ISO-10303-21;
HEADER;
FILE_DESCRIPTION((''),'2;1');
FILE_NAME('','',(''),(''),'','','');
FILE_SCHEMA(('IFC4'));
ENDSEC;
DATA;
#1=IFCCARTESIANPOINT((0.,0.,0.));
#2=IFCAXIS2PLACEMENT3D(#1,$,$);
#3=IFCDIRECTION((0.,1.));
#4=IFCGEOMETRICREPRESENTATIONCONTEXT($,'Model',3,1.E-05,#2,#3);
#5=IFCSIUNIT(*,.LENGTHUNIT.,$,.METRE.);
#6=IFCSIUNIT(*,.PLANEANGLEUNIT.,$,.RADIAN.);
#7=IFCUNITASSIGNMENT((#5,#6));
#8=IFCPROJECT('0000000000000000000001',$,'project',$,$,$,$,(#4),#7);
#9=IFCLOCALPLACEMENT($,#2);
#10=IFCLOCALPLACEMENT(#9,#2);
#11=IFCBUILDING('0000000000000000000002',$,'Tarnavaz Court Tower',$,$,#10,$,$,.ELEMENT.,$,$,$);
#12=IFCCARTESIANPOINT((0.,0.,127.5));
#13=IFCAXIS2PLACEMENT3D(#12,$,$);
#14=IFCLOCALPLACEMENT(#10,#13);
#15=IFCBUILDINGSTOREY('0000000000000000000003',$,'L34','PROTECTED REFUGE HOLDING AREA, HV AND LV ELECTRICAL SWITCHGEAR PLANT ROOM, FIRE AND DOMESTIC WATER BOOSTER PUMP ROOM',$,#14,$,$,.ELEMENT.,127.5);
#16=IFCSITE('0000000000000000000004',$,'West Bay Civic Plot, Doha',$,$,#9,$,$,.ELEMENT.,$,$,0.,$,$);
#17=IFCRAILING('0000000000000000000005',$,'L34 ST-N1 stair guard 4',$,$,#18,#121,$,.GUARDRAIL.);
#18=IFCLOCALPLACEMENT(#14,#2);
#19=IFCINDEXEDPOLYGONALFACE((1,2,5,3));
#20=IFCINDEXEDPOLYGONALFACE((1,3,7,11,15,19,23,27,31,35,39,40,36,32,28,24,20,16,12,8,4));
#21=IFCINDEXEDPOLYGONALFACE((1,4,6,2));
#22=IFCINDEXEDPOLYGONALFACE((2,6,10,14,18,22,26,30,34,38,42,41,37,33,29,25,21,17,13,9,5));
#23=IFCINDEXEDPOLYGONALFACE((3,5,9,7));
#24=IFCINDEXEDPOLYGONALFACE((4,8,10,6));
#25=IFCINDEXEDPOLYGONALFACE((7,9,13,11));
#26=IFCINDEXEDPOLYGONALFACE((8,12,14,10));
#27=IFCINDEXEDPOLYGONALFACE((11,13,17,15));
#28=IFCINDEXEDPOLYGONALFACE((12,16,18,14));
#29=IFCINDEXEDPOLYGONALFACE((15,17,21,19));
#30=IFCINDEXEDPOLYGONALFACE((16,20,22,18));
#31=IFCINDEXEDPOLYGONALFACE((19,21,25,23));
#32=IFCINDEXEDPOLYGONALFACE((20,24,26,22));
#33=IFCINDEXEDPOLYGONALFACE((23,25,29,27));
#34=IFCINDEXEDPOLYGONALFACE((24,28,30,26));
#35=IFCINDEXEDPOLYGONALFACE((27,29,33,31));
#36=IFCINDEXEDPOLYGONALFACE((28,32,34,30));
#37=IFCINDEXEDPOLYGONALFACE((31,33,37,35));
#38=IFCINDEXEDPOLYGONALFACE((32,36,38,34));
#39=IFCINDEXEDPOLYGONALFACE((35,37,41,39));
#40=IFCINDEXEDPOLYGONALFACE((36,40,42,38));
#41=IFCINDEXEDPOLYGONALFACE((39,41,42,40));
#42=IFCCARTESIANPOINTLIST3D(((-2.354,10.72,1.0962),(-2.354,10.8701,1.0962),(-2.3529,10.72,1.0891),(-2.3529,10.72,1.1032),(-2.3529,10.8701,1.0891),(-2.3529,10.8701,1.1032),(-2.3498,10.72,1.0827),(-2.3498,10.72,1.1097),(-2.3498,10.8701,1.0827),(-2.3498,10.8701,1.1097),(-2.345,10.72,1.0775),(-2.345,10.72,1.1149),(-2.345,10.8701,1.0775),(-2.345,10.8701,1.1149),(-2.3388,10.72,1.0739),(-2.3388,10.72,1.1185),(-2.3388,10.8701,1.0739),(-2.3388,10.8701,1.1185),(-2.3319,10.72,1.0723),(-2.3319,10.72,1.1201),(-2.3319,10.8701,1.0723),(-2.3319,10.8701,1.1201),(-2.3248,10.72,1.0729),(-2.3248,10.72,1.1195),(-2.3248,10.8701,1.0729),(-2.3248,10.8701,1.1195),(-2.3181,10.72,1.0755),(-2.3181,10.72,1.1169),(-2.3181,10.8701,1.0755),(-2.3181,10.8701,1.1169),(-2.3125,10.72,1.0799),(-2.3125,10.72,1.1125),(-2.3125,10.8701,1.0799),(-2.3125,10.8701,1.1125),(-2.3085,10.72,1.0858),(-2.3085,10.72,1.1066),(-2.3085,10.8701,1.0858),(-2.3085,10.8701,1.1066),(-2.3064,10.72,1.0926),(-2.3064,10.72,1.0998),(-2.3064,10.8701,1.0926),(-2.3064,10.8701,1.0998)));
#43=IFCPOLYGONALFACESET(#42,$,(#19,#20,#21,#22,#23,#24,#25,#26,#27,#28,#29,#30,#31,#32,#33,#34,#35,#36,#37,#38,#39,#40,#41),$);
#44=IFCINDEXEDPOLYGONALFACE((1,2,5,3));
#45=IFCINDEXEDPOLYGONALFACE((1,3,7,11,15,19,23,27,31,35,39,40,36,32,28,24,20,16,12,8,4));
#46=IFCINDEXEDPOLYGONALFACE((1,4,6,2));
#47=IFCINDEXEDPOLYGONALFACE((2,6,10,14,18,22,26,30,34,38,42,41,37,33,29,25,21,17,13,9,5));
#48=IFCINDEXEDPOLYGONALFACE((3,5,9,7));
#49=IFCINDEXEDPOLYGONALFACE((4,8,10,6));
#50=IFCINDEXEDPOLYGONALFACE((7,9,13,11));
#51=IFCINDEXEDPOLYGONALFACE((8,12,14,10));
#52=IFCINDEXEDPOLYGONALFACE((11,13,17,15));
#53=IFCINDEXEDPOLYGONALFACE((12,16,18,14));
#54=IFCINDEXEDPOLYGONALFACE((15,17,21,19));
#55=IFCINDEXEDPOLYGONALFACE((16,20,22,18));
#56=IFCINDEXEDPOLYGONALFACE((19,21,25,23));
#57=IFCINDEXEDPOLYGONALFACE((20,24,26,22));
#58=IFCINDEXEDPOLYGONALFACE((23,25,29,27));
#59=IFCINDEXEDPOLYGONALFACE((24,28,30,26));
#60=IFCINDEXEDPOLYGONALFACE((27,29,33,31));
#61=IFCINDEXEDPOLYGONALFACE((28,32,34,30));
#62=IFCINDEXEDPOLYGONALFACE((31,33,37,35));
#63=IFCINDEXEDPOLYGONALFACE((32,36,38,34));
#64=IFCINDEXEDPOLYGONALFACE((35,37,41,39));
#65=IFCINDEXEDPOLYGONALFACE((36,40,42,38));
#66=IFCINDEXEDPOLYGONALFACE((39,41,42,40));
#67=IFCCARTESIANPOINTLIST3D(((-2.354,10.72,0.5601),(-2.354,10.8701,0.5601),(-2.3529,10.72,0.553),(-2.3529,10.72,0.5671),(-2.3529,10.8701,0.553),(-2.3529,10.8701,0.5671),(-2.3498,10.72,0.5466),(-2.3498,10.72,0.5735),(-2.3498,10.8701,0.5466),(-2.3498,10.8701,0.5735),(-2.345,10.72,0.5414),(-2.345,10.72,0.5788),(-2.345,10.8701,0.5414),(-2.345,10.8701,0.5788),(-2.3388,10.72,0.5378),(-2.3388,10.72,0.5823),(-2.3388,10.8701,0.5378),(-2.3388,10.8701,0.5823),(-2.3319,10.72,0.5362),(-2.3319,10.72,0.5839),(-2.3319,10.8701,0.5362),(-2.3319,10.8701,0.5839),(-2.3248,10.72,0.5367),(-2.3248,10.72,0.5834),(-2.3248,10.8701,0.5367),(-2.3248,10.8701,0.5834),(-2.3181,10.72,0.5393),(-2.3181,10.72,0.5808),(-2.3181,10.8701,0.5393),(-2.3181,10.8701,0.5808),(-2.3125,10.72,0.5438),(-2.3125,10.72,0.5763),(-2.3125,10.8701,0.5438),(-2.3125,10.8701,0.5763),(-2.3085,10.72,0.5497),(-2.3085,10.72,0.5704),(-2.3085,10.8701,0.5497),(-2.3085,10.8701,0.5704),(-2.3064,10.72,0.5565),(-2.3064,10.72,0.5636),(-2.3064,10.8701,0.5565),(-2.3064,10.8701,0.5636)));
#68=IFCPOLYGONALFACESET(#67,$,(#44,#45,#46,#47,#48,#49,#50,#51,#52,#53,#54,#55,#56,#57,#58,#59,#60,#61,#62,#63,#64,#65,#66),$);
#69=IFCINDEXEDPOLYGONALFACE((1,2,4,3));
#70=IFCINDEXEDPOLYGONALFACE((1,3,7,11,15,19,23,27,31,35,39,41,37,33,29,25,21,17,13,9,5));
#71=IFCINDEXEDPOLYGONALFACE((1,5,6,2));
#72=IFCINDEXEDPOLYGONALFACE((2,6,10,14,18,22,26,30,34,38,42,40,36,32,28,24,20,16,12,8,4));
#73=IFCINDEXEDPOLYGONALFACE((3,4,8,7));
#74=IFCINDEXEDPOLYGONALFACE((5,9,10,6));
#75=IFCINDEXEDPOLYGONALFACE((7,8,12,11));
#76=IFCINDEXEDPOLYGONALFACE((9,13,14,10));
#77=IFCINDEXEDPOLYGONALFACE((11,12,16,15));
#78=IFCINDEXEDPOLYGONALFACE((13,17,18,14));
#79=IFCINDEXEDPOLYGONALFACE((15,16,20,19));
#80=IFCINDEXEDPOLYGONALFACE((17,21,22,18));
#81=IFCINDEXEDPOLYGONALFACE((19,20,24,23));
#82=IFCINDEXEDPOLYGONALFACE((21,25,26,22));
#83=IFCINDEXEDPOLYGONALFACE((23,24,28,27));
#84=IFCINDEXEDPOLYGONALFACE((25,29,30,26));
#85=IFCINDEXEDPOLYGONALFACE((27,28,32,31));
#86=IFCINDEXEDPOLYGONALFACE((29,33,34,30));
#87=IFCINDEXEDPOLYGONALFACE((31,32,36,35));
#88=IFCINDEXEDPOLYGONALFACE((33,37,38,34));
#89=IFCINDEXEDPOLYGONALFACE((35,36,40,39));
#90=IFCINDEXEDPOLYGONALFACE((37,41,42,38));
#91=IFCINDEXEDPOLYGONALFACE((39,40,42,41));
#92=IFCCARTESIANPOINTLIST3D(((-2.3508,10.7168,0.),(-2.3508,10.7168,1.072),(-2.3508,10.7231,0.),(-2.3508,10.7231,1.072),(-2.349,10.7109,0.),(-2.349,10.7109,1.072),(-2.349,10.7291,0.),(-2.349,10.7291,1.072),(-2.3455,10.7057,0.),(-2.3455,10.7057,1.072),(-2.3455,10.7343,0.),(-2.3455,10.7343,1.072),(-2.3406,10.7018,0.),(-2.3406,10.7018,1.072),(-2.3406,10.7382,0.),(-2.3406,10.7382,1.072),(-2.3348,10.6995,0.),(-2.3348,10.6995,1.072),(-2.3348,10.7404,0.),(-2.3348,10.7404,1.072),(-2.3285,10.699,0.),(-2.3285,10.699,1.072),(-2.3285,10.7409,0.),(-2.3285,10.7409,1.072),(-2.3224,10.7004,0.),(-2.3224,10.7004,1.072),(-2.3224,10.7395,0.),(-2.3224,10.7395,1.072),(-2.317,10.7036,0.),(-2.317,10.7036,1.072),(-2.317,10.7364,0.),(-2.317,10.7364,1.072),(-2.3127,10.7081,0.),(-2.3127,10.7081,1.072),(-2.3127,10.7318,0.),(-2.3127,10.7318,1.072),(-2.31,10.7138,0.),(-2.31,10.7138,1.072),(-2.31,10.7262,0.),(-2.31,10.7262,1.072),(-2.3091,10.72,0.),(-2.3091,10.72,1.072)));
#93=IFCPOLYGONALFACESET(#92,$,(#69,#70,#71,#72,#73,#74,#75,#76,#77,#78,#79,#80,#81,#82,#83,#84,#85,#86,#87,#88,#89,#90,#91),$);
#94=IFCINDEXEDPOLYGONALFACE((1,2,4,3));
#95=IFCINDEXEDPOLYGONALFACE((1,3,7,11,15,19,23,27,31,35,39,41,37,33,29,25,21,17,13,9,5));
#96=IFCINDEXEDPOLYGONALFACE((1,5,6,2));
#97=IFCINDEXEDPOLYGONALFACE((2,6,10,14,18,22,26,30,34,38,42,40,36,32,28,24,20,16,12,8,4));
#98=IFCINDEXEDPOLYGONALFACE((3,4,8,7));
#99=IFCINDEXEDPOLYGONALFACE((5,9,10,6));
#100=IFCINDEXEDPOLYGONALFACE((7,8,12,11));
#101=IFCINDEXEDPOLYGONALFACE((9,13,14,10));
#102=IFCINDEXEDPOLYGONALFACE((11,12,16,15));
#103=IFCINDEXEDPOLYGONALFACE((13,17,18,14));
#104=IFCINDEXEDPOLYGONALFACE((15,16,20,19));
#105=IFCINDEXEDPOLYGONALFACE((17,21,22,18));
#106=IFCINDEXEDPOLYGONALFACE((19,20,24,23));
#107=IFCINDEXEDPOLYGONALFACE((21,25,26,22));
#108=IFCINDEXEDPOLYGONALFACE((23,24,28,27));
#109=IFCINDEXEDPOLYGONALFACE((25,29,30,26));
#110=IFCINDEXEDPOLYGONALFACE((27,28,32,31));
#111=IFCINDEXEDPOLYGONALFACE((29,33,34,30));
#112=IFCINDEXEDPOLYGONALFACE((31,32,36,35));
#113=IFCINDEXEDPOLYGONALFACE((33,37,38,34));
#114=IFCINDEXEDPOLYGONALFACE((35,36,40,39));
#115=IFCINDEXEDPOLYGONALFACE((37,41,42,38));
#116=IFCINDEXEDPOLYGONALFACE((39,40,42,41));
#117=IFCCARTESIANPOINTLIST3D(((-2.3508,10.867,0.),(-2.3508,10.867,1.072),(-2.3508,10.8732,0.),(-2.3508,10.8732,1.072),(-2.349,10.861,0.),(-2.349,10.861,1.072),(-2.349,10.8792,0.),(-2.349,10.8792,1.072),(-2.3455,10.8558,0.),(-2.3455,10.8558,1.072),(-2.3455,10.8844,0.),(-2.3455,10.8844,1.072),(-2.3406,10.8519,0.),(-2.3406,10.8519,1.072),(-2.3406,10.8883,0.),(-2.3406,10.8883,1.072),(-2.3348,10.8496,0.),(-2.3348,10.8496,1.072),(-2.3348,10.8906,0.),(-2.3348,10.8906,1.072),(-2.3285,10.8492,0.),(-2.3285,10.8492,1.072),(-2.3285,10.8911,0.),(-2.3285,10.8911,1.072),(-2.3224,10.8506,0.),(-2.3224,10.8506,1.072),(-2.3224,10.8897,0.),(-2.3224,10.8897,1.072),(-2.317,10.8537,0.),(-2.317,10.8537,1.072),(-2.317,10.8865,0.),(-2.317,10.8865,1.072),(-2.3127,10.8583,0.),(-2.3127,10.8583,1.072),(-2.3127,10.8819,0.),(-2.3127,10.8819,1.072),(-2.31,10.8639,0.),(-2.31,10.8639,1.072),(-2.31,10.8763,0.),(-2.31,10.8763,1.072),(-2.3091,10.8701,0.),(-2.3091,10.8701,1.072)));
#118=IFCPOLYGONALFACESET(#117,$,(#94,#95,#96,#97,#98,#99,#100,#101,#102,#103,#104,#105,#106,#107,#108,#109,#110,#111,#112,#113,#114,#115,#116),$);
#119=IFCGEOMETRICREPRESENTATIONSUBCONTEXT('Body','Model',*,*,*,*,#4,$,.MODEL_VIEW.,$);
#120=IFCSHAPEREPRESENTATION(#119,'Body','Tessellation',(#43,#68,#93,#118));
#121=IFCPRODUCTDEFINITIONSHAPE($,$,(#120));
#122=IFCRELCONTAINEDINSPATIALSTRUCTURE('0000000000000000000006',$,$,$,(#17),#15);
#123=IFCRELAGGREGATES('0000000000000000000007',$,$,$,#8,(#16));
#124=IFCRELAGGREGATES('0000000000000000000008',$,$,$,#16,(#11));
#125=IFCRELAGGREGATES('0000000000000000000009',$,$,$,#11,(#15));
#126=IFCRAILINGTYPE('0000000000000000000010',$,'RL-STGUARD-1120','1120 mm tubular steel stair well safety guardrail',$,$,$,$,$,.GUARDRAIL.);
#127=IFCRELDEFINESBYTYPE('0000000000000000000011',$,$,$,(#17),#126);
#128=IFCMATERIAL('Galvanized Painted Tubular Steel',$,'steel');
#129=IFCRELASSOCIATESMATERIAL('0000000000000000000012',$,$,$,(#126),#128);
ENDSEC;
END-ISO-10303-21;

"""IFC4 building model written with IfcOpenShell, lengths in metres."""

from ifc_helpers import new_model, si_unit, direction, frame, origin, origin_2d, place, context, subcontext, project, spatial, circle, extrude, material, type_object, element, save


model = new_model("IFC4")

# Units and contexts
model_context = context("Model", 3, precision=1e-05, world=origin(), true_north=direction((0.0, 1.0)))
body_context = subcontext(model_context, "Body", "Model", "MODEL_VIEW")
ifc_project = project(units=[si_unit("LENGTHUNIT", "METRE"), si_unit("PLANEANGLEUNIT", "RADIAN")], contexts=[model_context])

# Site, building, storey
site_placement = place(None, origin())
site = spatial("IfcSite", under=ifc_project, at=site_placement, Name="West Bay Civic Plot, Doha", CompositionType="ELEMENT", RefElevation=0.0)
building_placement = place(site_placement, origin())
building = spatial("IfcBuilding", under=site, at=building_placement, Name="Tarnavaz Court Tower", CompositionType="ELEMENT")
storey_placement = place(building_placement, frame((0.0, 0.0, 127.5)))
storey = spatial("IfcBuildingStorey", under=building, at=storey_placement, Name="L34", Description="PROTECTED REFUGE HOLDING AREA, HV AND LV ELECTRICAL SWITCHGEAR PLANT ROOM, FIRE AND DOMESTIC WATER BOOSTER PUMP ROOM", CompositionType="ELEMENT", Elevation=127.5)

# Railing
ifc_material_1 = material(Name="Galvanized Painted Tubular Steel", Category="steel")
railing_type_1 = type_object("IfcRailingType", Name="RL-STGUARD-1120", Description="1120 mm tubular steel stair well safety guardrail", PredefinedType="GUARDRAIL", material=ifc_material_1)
railing_1_placement = place(storey_placement, frame((-2.3301, 10.72, 0.0)))
element("IfcRailing", 1, at=railing_1_placement, inside=storey, type_object=railing_type_1, Name="L34 ST-N1 stair guard 4", PredefinedType="GUARDRAIL", context=body_context, shape_type="SweptSolid", body=[
    extrude(circle(Radius=0.0239, at=origin_2d()), frame((0.0, 0.0, 1.0962), z_axis=(0.0, 1.0, 0.0), x_axis=(-1.0, 0.0, 0.0)), (0.0, 0.0, 1.0), 0.1501),
    extrude(circle(Radius=0.0239, at=origin_2d()), frame((0.0, 0.0, 0.5601), z_axis=(0.0, 1.0, 0.0), x_axis=(-1.0, 0.0, 0.0)), (0.0, 0.0, 1.0), 0.1501),
    extrude(circle(Radius=0.021, at=origin_2d()), origin(), (0.0, 0.0, 1.0), 1.072),
    extrude(circle(Radius=0.021, at=origin_2d()), frame((0.0, 0.1501, 0.0)), (0.0, 0.0, 1.0), 1.072),
])

save(model, "model.ifc")
